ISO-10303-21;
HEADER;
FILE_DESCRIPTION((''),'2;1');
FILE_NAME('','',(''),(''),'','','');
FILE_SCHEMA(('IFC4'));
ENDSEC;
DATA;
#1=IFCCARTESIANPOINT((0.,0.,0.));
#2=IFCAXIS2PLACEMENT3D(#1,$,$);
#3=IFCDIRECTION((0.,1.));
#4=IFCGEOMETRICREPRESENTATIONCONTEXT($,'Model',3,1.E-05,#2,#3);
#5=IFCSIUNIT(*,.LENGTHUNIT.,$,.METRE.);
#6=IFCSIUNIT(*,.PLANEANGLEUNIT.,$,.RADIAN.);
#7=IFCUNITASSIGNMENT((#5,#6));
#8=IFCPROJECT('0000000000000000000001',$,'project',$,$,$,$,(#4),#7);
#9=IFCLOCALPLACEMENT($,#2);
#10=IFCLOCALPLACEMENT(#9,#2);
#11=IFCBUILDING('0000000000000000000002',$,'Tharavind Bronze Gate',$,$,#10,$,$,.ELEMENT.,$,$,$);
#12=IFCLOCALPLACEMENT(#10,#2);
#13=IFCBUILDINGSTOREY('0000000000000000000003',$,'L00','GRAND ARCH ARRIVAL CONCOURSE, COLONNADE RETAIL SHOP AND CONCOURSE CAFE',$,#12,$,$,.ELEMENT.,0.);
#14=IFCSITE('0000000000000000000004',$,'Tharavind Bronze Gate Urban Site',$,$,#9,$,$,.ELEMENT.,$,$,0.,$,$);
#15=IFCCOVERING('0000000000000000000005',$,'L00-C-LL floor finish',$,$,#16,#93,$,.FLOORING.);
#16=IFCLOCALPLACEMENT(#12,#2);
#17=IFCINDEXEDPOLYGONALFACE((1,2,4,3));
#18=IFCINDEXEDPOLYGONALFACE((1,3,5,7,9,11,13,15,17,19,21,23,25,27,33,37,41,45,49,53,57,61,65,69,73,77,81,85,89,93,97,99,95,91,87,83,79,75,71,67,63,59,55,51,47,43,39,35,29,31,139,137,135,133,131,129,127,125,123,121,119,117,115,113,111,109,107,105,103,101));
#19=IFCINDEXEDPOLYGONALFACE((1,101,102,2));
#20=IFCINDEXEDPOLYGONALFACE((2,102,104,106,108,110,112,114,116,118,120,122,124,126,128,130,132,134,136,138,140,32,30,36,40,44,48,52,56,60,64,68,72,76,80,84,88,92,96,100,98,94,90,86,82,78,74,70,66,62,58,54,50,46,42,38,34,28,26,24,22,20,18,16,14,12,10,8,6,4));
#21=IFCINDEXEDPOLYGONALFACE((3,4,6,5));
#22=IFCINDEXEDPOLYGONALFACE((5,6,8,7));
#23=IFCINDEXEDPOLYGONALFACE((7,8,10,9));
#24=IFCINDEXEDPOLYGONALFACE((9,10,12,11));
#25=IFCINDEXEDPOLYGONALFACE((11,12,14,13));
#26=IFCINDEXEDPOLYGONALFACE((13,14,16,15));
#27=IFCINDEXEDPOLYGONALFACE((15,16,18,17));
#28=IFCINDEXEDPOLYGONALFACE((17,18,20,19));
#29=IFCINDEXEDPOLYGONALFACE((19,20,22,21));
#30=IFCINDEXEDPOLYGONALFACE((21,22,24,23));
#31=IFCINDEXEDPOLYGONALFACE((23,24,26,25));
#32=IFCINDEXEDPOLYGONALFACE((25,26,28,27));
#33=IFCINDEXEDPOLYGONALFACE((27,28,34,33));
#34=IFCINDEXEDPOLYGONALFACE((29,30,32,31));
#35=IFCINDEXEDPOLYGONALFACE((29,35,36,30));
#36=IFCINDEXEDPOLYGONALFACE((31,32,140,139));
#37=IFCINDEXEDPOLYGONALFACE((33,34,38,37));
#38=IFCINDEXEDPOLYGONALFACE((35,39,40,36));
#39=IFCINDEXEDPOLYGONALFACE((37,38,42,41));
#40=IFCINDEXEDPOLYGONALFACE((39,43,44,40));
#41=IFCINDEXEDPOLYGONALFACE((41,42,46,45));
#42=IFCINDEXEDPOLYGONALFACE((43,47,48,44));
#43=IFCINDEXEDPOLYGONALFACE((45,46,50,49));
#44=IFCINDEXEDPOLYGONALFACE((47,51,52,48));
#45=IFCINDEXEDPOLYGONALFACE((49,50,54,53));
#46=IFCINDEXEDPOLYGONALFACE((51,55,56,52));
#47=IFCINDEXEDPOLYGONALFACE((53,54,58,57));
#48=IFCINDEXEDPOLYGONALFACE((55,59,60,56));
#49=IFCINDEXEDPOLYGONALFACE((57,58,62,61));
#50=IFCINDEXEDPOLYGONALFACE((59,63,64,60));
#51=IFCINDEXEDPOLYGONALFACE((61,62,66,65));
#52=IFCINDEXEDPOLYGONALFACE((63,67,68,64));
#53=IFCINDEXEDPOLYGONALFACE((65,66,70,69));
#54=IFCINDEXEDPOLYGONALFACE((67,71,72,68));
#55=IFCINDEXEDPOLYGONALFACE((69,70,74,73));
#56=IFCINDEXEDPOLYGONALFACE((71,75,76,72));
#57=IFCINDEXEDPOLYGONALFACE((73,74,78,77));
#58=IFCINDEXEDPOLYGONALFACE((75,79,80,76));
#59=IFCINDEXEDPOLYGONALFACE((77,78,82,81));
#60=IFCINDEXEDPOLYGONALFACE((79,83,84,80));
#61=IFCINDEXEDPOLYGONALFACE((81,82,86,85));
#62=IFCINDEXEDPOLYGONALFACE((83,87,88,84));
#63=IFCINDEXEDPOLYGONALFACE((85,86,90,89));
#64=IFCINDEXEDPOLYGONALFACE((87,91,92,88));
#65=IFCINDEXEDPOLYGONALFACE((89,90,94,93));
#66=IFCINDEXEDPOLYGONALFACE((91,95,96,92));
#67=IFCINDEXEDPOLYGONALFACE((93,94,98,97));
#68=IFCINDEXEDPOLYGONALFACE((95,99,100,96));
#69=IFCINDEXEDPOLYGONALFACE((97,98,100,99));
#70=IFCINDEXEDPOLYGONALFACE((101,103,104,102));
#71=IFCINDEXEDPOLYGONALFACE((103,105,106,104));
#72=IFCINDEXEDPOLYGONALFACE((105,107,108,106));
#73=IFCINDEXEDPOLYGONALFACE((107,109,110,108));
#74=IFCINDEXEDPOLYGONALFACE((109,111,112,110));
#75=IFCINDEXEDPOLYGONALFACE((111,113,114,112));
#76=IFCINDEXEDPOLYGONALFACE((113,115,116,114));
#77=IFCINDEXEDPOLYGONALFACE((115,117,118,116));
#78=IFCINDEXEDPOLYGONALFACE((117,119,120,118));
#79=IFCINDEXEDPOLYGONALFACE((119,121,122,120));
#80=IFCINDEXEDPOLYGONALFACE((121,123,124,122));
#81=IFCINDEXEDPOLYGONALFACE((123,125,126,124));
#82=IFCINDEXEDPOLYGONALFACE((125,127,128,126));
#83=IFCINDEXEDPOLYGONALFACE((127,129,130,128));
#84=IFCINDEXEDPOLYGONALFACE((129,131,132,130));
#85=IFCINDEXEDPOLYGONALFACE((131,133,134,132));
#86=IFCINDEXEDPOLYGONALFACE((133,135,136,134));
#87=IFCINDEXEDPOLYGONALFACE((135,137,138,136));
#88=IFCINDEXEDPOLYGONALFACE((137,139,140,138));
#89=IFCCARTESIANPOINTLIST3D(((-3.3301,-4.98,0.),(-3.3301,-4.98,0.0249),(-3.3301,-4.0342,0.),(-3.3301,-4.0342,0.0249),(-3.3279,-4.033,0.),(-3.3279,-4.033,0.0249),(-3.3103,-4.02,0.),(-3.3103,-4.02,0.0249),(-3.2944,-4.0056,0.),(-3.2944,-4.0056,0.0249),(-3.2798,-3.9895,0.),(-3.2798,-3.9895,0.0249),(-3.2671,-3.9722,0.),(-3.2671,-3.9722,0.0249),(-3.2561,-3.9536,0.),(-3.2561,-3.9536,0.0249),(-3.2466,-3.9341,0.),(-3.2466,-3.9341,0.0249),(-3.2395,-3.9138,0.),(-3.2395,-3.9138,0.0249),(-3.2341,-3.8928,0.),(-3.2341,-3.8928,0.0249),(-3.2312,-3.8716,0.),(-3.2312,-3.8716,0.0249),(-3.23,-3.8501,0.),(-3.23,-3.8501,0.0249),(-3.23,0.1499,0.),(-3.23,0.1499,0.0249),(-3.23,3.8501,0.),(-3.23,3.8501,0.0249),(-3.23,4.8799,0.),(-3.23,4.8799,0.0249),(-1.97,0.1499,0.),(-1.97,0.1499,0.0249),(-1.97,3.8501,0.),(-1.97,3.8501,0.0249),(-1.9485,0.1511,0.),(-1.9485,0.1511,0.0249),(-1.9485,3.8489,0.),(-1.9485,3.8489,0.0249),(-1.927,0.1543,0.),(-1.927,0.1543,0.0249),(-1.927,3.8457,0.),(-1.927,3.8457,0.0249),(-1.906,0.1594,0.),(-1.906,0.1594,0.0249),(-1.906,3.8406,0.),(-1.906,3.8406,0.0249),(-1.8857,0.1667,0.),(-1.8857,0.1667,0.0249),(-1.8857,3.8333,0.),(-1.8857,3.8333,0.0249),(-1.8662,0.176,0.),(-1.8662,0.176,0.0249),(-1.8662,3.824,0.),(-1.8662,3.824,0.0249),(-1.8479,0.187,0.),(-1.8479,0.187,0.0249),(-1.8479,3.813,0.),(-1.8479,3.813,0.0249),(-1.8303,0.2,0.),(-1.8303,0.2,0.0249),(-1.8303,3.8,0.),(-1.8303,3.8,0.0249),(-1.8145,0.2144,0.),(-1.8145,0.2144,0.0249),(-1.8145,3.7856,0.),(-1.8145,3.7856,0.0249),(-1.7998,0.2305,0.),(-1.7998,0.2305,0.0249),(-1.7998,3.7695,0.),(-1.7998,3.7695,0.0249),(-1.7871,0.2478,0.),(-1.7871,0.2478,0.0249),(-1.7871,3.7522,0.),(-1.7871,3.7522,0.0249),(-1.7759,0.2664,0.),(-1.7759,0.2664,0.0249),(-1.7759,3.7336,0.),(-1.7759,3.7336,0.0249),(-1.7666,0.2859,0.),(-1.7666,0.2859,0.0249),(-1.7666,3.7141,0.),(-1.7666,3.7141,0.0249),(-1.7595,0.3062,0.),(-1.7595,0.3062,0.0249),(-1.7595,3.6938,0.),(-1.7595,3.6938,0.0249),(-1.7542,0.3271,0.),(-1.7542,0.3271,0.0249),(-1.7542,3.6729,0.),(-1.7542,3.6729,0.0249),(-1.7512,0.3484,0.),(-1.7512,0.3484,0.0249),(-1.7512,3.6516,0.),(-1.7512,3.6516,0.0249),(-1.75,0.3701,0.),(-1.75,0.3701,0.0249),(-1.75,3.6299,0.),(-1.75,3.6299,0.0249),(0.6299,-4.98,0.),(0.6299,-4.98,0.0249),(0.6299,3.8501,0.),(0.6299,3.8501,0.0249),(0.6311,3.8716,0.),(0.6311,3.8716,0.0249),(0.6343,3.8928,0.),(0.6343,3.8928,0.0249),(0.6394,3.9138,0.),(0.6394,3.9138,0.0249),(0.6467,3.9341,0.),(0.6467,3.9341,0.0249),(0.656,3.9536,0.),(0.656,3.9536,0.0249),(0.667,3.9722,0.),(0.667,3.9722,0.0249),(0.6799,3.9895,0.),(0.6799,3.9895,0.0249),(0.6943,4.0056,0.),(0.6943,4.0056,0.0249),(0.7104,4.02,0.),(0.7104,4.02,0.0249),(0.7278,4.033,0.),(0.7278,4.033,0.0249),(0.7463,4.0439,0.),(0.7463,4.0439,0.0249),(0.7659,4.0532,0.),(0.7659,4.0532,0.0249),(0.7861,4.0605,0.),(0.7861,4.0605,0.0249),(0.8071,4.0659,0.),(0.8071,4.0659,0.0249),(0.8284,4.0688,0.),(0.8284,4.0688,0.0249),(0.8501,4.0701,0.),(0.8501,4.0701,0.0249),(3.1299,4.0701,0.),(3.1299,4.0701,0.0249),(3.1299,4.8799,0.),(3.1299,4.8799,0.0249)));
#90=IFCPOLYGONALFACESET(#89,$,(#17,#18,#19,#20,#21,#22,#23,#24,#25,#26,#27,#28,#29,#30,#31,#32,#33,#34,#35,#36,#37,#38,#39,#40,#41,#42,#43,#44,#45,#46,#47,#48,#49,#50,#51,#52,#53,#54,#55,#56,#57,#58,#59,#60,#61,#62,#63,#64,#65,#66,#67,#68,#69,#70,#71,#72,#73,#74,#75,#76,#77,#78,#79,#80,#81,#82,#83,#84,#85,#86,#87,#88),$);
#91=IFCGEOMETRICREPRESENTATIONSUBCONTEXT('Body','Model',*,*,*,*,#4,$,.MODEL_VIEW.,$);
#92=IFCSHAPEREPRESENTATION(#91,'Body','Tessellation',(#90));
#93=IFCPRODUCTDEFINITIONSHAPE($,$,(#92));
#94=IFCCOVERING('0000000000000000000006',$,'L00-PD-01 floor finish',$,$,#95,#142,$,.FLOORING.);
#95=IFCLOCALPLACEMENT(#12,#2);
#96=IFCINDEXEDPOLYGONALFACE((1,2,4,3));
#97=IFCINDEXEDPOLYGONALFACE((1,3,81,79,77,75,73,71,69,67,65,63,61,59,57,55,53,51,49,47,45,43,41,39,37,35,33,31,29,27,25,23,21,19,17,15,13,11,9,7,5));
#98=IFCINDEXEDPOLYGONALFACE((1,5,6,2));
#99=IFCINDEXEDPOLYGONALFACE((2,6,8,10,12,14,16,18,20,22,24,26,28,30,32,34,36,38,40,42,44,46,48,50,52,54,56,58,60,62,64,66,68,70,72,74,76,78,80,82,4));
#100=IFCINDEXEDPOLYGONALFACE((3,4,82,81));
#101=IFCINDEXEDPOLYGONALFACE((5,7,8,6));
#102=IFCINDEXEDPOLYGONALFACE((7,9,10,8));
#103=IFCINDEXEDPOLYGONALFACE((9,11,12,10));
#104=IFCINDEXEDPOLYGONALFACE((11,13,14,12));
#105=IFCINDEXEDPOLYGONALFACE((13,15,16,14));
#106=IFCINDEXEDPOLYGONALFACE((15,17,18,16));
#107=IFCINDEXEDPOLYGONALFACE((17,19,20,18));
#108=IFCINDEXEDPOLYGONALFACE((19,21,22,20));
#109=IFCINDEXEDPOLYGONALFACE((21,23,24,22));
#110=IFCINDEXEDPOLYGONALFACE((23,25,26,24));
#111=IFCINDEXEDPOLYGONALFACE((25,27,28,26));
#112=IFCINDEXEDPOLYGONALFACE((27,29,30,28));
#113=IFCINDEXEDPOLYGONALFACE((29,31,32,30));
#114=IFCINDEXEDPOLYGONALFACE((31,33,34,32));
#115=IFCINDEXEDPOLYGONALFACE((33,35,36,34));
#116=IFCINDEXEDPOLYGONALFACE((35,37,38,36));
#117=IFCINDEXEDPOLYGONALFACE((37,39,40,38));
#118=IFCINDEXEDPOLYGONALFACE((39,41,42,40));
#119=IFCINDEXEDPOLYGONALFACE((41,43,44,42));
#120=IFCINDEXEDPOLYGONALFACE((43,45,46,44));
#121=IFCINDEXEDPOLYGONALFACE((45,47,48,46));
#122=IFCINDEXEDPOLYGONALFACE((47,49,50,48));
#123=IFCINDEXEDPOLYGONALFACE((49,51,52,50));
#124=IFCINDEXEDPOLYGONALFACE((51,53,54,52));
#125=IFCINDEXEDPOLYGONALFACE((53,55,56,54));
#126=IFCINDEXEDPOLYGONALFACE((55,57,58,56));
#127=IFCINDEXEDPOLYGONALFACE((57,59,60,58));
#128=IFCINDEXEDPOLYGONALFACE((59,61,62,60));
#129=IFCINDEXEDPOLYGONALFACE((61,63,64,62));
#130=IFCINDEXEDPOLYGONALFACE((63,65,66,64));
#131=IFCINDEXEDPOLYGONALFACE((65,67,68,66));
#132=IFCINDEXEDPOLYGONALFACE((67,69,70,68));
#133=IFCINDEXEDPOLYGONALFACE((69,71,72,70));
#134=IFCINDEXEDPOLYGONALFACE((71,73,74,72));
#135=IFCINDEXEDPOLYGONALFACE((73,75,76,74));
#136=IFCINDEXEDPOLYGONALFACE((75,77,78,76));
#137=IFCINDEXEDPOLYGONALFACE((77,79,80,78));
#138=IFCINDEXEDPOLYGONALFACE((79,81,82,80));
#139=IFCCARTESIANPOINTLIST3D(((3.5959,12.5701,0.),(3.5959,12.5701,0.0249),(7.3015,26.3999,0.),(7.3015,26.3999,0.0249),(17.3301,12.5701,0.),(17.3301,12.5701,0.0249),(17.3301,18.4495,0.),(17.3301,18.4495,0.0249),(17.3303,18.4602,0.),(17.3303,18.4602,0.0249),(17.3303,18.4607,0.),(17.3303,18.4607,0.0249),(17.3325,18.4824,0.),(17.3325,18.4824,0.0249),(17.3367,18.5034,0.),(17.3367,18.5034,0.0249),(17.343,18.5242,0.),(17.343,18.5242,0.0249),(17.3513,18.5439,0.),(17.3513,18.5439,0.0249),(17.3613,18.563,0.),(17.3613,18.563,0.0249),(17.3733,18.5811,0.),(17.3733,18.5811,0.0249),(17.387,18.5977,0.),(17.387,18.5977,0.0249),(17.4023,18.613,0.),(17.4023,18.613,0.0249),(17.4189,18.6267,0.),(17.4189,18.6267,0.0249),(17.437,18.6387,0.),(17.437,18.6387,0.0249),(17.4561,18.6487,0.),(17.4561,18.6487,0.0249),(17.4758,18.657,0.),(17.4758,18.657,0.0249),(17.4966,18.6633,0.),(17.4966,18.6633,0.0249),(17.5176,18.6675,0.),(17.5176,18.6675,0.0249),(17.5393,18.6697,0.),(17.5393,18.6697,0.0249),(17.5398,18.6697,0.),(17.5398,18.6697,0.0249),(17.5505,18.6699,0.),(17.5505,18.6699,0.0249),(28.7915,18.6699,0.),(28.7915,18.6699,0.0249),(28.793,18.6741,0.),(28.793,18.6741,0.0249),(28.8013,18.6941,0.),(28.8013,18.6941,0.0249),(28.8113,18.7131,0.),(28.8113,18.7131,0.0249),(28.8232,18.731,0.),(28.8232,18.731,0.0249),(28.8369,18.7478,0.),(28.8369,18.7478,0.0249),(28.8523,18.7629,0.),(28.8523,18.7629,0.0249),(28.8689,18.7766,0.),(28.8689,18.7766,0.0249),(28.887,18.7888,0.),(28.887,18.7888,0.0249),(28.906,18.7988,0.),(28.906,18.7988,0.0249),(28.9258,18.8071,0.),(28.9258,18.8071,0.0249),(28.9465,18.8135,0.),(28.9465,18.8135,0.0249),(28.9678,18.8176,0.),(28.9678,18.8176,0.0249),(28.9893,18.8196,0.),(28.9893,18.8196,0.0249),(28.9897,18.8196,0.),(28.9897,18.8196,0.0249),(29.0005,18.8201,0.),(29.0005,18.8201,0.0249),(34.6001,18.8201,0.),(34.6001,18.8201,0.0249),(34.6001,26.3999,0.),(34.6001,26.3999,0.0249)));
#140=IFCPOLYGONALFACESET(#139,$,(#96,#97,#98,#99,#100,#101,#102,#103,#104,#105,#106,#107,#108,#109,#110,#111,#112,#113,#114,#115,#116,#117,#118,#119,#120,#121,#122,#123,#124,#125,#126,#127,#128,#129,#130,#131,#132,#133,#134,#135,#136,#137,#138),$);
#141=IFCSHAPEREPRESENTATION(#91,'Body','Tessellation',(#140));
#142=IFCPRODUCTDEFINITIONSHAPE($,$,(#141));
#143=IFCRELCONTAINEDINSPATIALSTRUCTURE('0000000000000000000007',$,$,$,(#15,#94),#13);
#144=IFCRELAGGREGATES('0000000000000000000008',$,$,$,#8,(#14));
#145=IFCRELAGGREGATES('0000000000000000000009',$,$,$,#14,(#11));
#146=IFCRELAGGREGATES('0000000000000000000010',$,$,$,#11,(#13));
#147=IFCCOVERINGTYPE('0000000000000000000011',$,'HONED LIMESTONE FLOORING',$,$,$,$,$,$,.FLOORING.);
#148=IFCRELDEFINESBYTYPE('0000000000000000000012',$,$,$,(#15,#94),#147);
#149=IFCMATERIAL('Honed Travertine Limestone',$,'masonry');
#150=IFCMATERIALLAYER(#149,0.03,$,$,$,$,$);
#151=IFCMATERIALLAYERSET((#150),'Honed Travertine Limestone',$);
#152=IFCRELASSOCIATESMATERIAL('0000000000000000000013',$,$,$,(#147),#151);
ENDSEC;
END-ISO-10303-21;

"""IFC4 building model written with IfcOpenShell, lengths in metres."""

from ifc_helpers import new_model, si_unit, direction, origin, place, context, subcontext, project, spatial, polyline, outline, extrude, material, layer, layer_set, type_object, element, save


model = new_model("IFC4")

# Units and contexts
model_context = context("Model", 3, precision=1e-05, world=origin(), true_north=direction((0.0, 1.0)))
body_context = subcontext(model_context, "Body", "Model", "MODEL_VIEW")
ifc_project = project(units=[si_unit("LENGTHUNIT", "METRE"), si_unit("PLANEANGLEUNIT", "RADIAN")], contexts=[model_context])

# Site, building, storey
site_placement = place(None, origin())
site = spatial("IfcSite", under=ifc_project, at=site_placement, Name="Tharavind Bronze Gate Urban Site", CompositionType="ELEMENT", RefElevation=0.0)
building_placement = place(site_placement, origin())
building = spatial("IfcBuilding", under=site, at=building_placement, Name="Tharavind Bronze Gate", CompositionType="ELEMENT")
storey_placement = place(building_placement, origin())
storey = spatial("IfcBuildingStorey", under=building, at=storey_placement, Name="L00", Description="GRAND ARCH ARRIVAL CONCOURSE, COLONNADE RETAIL SHOP AND CONCOURSE CAFE", CompositionType="ELEMENT", Elevation=0.0)

# Coverings
ifc_material_1 = material(Name="Honed Travertine Limestone", Category="masonry")
ifc_layer_1 = layer(ifc_material_1, 0.03)
ifc_layer_set_1 = layer_set([ifc_layer_1], Name="Honed Travertine Limestone")
covering_type_1 = type_object("IfcCoveringType", Name="HONED LIMESTONE FLOORING", PredefinedType="FLOORING", material=ifc_layer_set_1)
covering_1_placement = place(storey_placement, origin())
element("IfcCovering", 1, at=covering_1_placement, inside=storey, type_object=covering_type_1, Name="L00-C-LL floor finish", PredefinedType="FLOORING", context=body_context, shape_type="SweptSolid", body=[
    extrude(outline(polyline([(-3.3301, -4.98), (0.6299, -4.98), (0.6299, 3.8501), (0.6311, 3.8716), (0.6343, 3.8928), (0.6394, 3.9138), (0.6467, 3.9341), (0.656, 3.9536), (0.667, 3.9722), (0.6799, 3.9895), (0.6943, 4.0056), (0.7104, 4.02), (0.7278, 4.033), (0.7463, 4.0439), (0.7659, 4.0532), (0.7861, 4.0605), (0.8071, 4.0659), (0.8284, 4.0688), (0.8501, 4.0701), (3.1299, 4.0701), (3.1299, 4.8799), (-3.23, 4.8799), (-3.23, 3.8501), (-1.97, 3.8501), (-1.9485, 3.8489), (-1.927, 3.8457), (-1.906, 3.8406), (-1.8857, 3.8333), (-1.8662, 3.824), (-1.8479, 3.813), (-1.8303, 3.8), (-1.8145, 3.7856), (-1.7998, 3.7695), (-1.7871, 3.7522), (-1.7759, 3.7336), (-1.7666, 3.7141), (-1.7595, 3.6938), (-1.7542, 3.6729), (-1.7512, 3.6516), (-1.75, 3.6299), (-1.75, 0.3701), (-1.7512, 0.3484), (-1.7542, 0.3271), (-1.7595, 0.3062), (-1.7666, 0.2859), (-1.7759, 0.2664), (-1.7871, 0.2478), (-1.7998, 0.2305), (-1.8145, 0.2144), (-1.8303, 0.2), (-1.8479, 0.187), (-1.8662, 0.176), (-1.8857, 0.1667), (-1.906, 0.1594), (-1.927, 0.1543), (-1.9485, 0.1511), (-1.97, 0.1499), (-3.23, 0.1499), (-3.23, -3.8501), (-3.2312, -3.8716), (-3.2341, -3.8928), (-3.2395, -3.9138), (-3.2466, -3.9341), (-3.2561, -3.9536), (-3.2671, -3.9722), (-3.2798, -3.9895), (-3.2944, -4.0056), (-3.3103, -4.02), (-3.3279, -4.033), (-3.3301, -4.0342), (-3.3301, -4.98)])), origin(), (0.0, 0.0, 1.0), 0.0249),
])
covering_2_placement = place(storey_placement, origin())
element("IfcCovering", 2, at=covering_2_placement, inside=storey, type_object=covering_type_1, Name="L00-PD-01 floor finish", PredefinedType="FLOORING", context=body_context, shape_type="SweptSolid", body=[
    extrude(outline(polyline([(17.3301, 12.5701), (17.3301, 18.4495), (17.3303, 18.4602), (17.3303, 18.4607), (17.3325, 18.4824), (17.3367, 18.5034), (17.343, 18.5242), (17.3513, 18.5439), (17.3613, 18.563), (17.3733, 18.5811), (17.387, 18.5977), (17.4023, 18.613), (17.4189, 18.6267), (17.437, 18.6387), (17.4561, 18.6487), (17.4758, 18.657), (17.4966, 18.6633), (17.5176, 18.6675), (17.5393, 18.6697), (17.5398, 18.6697), (17.5505, 18.6699), (28.7915, 18.6699), (28.793, 18.6741), (28.8013, 18.6941), (28.8113, 18.7131), (28.8232, 18.731), (28.8369, 18.7478), (28.8523, 18.7629), (28.8689, 18.7766), (28.887, 18.7888), (28.906, 18.7988), (28.9258, 18.8071), (28.9465, 18.8135), (28.9678, 18.8176), (28.9893, 18.8196), (28.9897, 18.8196), (29.0005, 18.8201), (34.6001, 18.8201), (34.6001, 26.3999), (7.3015, 26.3999), (3.5959, 12.5701), (17.3301, 12.5701)])), origin(), (0.0, 0.0, 1.0), 0.0249),
])

save(model, "model.ifc")
